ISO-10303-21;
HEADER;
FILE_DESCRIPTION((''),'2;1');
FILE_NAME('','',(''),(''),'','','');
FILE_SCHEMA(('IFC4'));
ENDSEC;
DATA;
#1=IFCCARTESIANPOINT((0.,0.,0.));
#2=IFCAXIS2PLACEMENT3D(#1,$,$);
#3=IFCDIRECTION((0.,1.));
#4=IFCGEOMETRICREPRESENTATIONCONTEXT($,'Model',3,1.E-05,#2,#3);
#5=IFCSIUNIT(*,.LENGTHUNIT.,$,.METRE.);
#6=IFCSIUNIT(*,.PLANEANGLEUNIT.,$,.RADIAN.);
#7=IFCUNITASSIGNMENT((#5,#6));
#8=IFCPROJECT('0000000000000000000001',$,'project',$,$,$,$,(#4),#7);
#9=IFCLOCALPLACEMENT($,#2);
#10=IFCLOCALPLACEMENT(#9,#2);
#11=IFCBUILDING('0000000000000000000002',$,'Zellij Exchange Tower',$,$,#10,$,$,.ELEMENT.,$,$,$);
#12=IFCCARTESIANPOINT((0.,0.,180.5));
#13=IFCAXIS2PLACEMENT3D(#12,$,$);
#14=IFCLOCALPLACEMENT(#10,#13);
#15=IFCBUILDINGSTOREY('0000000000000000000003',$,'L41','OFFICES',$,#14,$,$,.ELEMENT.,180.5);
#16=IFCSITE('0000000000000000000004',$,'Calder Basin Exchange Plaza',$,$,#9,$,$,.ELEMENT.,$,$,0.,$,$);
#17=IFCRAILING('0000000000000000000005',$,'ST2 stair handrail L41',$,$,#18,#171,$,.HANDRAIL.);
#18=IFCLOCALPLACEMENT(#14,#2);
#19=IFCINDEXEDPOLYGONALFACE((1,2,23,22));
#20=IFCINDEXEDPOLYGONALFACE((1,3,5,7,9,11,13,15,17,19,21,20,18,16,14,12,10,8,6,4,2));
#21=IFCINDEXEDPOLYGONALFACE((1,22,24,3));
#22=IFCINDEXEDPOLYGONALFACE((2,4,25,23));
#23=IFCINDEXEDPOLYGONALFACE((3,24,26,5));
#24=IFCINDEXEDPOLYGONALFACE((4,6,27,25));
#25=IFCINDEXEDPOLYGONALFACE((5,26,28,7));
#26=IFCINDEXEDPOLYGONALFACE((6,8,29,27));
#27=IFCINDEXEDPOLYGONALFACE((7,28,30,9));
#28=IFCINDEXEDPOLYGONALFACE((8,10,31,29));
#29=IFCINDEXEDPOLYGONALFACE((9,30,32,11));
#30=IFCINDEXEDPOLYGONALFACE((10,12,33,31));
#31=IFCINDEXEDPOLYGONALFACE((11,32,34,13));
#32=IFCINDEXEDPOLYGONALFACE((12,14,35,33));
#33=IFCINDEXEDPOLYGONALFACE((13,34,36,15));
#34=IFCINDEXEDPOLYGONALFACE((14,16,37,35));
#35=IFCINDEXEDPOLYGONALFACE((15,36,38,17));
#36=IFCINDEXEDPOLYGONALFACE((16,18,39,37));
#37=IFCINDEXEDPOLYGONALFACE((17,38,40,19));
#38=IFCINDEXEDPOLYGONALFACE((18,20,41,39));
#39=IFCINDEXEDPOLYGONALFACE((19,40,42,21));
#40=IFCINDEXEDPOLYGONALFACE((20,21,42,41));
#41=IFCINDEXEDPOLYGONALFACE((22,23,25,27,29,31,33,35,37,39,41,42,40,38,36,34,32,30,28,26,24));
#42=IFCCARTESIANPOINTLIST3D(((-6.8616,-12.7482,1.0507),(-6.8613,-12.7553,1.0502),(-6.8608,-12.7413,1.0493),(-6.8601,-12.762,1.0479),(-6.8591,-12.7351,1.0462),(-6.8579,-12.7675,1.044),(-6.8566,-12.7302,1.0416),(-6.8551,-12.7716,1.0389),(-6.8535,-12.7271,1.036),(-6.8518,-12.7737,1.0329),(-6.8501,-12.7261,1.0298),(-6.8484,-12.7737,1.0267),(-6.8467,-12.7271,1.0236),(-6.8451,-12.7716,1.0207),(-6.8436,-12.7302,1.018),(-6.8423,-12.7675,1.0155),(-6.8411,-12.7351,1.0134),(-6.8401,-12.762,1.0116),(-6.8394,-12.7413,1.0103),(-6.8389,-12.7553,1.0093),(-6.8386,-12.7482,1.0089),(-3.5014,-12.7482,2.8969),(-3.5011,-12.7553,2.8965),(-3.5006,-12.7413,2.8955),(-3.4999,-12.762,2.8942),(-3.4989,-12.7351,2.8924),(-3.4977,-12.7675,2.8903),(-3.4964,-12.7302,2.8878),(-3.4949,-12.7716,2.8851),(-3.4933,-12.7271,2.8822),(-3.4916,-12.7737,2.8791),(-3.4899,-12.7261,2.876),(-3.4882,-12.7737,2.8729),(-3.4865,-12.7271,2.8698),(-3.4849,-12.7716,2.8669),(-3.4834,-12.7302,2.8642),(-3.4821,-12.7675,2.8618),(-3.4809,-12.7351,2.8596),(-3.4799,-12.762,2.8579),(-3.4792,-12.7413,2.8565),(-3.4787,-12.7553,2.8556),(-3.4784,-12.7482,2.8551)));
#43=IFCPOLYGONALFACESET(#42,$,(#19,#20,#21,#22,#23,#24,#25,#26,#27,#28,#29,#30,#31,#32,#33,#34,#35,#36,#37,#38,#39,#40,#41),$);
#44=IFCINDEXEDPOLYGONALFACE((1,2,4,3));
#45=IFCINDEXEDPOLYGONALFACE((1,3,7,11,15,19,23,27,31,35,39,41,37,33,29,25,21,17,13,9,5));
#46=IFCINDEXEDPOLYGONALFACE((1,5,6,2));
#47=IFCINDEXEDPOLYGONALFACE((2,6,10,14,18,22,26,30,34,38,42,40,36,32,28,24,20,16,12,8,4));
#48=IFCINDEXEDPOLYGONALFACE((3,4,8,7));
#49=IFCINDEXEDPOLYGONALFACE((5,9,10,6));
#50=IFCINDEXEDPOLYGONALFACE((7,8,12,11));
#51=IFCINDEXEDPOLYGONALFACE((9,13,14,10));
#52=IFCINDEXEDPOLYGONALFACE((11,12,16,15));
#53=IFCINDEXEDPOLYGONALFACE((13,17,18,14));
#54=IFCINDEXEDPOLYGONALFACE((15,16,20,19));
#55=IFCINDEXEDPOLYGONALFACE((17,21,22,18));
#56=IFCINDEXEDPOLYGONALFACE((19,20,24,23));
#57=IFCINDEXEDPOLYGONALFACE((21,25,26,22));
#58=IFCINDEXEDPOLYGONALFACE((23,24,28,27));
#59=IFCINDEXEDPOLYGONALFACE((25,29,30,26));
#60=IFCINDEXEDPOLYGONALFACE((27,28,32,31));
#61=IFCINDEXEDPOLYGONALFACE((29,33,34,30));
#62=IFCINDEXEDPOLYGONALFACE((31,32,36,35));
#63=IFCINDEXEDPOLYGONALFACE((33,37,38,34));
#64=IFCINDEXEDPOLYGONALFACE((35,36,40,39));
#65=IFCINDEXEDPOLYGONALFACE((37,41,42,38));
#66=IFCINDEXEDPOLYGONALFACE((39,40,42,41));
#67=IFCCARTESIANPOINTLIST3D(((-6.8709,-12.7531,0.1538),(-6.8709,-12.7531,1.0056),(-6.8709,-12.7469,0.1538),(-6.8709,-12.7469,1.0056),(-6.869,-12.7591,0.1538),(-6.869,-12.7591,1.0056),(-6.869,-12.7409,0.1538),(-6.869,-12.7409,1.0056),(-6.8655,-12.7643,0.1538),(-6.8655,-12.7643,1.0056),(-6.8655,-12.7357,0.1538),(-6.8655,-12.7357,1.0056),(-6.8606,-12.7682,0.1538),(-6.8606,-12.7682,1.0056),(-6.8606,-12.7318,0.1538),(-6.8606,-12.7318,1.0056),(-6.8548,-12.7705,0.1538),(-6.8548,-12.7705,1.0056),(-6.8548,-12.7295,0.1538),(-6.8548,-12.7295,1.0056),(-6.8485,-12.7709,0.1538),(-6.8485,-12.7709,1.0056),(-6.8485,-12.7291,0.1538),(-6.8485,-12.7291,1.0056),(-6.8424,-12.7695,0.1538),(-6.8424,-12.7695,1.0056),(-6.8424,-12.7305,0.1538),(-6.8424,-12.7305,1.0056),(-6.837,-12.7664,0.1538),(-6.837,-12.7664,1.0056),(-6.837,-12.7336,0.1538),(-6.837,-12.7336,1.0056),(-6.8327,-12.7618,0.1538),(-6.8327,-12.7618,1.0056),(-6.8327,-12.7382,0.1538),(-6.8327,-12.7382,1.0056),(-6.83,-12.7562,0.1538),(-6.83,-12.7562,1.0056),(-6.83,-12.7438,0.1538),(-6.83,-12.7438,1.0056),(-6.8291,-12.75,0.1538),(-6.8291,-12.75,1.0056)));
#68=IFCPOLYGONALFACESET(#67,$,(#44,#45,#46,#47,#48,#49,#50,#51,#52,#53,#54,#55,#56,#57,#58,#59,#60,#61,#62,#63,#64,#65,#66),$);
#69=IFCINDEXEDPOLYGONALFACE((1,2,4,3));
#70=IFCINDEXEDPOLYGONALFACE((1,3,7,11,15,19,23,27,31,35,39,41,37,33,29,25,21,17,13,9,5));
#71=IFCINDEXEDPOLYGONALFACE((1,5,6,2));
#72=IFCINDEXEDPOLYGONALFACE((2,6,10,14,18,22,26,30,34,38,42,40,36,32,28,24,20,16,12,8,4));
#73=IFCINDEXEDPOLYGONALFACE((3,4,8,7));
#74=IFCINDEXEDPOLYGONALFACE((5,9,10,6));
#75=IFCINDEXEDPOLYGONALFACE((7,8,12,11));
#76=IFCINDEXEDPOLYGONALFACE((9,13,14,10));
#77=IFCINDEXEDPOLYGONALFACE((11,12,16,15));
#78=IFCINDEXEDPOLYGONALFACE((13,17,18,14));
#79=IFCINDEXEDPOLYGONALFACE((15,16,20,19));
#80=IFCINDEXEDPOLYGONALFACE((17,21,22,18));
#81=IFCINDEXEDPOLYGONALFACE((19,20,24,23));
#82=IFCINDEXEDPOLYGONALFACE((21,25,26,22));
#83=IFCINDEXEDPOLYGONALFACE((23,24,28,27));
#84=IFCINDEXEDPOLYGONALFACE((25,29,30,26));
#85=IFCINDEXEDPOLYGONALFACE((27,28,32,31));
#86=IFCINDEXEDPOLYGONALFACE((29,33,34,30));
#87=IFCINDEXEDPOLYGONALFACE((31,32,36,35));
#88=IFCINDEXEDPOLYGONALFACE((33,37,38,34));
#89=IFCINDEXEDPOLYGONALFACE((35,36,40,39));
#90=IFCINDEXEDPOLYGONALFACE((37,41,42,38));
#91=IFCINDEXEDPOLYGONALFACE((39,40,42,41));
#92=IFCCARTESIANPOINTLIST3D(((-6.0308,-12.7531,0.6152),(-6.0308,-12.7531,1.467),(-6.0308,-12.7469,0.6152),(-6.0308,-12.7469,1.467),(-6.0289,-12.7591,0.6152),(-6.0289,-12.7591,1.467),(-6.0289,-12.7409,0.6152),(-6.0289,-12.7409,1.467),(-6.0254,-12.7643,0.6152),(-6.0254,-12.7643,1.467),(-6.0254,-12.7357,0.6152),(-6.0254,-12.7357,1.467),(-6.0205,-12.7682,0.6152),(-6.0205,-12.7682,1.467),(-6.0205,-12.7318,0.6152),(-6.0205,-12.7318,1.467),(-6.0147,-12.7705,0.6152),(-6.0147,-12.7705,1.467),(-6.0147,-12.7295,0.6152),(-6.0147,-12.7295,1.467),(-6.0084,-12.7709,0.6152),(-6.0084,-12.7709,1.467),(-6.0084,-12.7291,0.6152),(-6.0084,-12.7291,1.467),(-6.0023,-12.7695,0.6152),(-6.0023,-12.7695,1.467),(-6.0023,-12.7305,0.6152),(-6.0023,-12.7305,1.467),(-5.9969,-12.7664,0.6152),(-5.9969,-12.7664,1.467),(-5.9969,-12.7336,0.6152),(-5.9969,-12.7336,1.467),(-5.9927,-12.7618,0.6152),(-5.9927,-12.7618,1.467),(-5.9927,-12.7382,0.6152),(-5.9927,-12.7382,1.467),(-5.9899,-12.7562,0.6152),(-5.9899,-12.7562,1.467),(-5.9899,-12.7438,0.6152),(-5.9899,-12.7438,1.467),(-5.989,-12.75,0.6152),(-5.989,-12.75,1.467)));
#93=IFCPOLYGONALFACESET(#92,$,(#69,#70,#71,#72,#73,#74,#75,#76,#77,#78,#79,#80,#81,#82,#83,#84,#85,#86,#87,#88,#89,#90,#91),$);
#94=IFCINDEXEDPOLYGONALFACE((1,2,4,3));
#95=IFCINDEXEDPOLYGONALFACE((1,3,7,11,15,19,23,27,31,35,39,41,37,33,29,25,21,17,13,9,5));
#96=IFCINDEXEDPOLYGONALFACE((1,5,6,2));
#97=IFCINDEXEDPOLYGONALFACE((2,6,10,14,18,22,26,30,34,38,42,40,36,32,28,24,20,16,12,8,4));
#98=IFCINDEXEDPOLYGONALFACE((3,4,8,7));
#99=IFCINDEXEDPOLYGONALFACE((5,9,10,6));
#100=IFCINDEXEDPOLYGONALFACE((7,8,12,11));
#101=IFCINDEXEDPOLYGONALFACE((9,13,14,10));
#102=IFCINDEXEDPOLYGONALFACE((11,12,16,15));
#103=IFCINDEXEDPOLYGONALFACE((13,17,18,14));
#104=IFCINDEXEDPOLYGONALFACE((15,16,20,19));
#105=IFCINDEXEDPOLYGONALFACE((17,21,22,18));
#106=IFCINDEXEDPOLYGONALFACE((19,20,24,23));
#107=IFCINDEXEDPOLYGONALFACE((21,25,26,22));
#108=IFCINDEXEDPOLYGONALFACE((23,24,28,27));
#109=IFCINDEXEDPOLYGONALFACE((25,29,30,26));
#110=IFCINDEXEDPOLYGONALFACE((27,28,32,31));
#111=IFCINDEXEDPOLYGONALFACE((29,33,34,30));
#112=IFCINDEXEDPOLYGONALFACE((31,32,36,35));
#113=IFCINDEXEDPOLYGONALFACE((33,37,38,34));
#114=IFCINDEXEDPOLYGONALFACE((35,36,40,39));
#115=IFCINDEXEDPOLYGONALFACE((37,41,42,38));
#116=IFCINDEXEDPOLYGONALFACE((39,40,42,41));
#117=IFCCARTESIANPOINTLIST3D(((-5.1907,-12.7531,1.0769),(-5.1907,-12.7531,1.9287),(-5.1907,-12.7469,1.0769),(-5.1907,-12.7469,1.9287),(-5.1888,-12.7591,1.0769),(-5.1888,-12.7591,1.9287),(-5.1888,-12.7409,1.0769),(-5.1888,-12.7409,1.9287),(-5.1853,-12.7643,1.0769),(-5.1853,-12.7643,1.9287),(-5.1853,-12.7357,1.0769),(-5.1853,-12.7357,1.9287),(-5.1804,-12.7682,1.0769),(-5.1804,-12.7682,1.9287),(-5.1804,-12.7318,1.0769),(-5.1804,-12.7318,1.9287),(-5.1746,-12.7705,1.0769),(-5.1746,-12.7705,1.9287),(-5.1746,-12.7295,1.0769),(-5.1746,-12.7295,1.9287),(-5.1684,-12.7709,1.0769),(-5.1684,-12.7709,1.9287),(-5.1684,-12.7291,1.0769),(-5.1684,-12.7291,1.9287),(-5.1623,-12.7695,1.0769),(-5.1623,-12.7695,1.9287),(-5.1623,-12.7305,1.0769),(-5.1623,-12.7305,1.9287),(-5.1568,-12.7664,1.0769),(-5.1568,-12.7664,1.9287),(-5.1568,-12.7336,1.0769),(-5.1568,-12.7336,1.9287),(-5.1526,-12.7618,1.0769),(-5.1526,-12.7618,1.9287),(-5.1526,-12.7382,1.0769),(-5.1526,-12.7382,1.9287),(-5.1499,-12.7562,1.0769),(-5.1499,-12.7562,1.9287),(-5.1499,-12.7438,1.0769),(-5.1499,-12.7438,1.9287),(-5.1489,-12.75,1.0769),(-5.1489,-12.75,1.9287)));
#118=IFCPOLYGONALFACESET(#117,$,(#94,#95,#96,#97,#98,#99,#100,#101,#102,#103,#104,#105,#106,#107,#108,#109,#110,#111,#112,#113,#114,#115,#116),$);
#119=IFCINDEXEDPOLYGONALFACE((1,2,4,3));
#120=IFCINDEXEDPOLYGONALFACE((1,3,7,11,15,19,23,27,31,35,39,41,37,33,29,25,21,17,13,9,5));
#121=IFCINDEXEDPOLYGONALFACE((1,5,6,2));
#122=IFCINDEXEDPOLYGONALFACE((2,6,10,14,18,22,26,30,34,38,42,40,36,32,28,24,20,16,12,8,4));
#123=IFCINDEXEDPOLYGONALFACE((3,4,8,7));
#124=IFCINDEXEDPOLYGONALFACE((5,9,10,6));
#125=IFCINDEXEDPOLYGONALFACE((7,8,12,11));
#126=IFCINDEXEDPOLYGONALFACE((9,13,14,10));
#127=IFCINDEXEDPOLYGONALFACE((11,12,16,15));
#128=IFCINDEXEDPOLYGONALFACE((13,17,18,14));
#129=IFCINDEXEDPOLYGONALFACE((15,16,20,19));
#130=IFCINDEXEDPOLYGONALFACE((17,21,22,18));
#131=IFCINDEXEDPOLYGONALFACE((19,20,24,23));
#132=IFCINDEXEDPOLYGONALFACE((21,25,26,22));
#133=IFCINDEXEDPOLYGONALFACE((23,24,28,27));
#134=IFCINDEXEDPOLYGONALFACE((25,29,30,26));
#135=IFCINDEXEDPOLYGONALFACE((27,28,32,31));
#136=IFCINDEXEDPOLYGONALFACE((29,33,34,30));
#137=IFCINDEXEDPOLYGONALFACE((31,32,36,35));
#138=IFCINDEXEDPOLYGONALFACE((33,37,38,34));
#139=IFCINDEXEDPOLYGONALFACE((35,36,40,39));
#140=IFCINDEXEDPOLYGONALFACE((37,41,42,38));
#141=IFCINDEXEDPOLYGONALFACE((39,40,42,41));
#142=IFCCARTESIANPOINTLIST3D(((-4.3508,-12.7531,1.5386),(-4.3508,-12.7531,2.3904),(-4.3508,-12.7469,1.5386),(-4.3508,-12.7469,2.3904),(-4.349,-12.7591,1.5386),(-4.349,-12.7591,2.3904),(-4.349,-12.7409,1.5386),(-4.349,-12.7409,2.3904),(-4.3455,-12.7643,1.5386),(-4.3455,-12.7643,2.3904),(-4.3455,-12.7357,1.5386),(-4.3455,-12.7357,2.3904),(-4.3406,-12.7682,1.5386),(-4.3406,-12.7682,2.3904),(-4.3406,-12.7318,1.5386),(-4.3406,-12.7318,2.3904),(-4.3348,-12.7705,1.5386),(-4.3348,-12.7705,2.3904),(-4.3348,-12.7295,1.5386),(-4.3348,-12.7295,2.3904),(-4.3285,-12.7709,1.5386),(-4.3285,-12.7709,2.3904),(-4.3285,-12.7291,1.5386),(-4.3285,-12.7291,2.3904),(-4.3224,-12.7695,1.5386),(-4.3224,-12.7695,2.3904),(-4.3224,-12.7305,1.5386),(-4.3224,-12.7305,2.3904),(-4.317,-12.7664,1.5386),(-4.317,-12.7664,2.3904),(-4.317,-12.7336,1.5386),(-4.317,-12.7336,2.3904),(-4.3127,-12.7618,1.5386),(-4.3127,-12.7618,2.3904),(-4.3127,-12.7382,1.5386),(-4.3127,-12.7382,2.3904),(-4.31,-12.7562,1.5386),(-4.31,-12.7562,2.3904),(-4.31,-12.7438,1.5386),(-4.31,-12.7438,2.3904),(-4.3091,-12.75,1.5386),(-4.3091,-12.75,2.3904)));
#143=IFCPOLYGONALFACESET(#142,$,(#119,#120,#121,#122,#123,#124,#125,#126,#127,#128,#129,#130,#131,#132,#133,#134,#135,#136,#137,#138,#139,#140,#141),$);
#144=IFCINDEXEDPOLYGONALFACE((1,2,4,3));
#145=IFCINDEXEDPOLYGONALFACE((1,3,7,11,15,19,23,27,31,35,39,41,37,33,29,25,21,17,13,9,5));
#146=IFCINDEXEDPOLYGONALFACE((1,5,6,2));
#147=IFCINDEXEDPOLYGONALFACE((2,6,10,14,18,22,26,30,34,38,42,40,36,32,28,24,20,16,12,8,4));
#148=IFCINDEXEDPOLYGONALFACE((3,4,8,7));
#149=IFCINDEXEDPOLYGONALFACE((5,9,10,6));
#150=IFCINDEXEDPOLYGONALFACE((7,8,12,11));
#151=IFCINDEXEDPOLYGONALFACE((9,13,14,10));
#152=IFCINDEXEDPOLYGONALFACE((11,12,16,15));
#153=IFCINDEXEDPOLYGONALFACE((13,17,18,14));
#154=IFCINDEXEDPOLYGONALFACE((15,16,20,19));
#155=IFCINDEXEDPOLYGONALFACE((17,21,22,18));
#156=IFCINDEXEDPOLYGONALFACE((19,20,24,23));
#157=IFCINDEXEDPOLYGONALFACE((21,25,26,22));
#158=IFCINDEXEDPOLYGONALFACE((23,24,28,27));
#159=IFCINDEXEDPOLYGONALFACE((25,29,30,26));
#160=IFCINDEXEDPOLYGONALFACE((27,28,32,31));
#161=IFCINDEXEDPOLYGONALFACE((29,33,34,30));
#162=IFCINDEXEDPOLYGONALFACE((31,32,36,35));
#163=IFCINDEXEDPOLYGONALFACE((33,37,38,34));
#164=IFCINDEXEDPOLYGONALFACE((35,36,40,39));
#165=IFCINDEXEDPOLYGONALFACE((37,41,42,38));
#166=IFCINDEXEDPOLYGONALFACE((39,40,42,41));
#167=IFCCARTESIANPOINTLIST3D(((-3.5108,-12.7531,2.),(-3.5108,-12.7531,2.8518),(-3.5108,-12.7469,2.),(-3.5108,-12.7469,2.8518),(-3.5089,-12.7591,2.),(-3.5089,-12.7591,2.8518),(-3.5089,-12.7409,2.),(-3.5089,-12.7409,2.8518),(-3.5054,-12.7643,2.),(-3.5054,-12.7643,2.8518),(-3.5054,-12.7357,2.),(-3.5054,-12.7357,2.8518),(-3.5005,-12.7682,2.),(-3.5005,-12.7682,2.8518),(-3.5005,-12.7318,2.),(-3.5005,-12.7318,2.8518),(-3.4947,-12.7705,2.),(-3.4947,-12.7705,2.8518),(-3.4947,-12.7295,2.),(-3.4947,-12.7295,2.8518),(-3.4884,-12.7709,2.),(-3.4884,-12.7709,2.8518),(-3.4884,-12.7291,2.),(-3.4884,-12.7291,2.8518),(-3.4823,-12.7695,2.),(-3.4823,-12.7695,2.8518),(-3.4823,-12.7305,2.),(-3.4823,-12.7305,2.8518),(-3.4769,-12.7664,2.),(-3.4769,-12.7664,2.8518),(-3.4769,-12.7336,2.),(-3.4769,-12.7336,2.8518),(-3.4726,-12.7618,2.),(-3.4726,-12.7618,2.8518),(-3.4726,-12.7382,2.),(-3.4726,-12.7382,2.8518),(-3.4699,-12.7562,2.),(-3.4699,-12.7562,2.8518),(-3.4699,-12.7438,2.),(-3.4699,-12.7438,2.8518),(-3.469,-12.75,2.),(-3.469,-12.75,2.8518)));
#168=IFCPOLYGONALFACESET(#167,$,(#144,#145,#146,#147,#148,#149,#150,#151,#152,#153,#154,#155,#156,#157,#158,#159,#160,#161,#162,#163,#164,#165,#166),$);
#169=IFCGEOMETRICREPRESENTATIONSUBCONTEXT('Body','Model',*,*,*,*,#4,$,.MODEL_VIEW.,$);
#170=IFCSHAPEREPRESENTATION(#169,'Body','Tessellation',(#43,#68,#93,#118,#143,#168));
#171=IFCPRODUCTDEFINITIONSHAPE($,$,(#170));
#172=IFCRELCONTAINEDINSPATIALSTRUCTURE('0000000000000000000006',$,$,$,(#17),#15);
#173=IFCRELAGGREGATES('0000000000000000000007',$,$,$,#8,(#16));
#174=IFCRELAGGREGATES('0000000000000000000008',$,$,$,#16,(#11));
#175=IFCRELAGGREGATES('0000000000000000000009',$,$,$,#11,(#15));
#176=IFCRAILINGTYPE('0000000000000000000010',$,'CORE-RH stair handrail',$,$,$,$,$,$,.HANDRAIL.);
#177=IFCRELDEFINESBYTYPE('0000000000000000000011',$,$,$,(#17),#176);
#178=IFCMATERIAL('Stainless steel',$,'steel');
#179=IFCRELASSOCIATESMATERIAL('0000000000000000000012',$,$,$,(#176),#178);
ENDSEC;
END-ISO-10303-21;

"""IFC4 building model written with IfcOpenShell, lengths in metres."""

from ifc_helpers import new_model, si_unit, direction, frame, origin, origin_2d, place, context, subcontext, project, spatial, circle, extrude, material, type_object, element, save


model = new_model("IFC4")

# Units and contexts
model_context = context("Model", 3, precision=1e-05, world=origin(), true_north=direction((0.0, 1.0)))
body_context = subcontext(model_context, "Body", "Model", "MODEL_VIEW")
ifc_project = project(units=[si_unit("LENGTHUNIT", "METRE"), si_unit("PLANEANGLEUNIT", "RADIAN")], contexts=[model_context])

# Site, building, storey
site_placement = place(None, origin())
site = spatial("IfcSite", under=ifc_project, at=site_placement, Name="Calder Basin Exchange Plaza", CompositionType="ELEMENT", RefElevation=0.0)
building_placement = place(site_placement, origin())
building = spatial("IfcBuilding", under=site, at=building_placement, Name="Zellij Exchange Tower", CompositionType="ELEMENT")
storey_placement = place(building_placement, frame((0.0, 0.0, 180.5)))
storey = spatial("IfcBuildingStorey", under=building, at=storey_placement, Name="L41", Description="OFFICES", CompositionType="ELEMENT", Elevation=180.5)

# Railing
ifc_material_1 = material(Name="Stainless steel", Category="steel")
railing_type_1 = type_object("IfcRailingType", Name="CORE-RH stair handrail", PredefinedType="HANDRAIL", material=ifc_material_1)
railing_1_placement = place(storey_placement, frame((-6.8501, -12.75, 0.1538)))
element("IfcRailing", 1, at=railing_1_placement, inside=storey, type_object=railing_type_1, Name="ST2 stair handrail L41", PredefinedType="HANDRAIL", context=body_context, shape_type="SweptSolid", body=[
    extrude(circle(Radius=0.0239, at=origin_2d()), frame((0.0, 0.0, 0.876), z_axis=(0.876422, 0.0, 0.481545), x_axis=(0.0, 1.0, 0.0)), (0.0, 0.0, 1.0), 3.834),
    extrude(circle(Radius=0.021, at=origin_2d()), origin(), (0.0, 0.0, 1.0), 0.8518),
    extrude(circle(Radius=0.021, at=origin_2d()), frame((0.8401, 0.0, 0.4614)), (0.0, 0.0, 1.0), 0.8518),
    extrude(circle(Radius=0.021, at=origin_2d()), frame((1.6802, 0.0, 0.9231)), (0.0, 0.0, 1.0), 0.8518),
    extrude(circle(Radius=0.021, at=origin_2d()), frame((2.52, 0.0, 1.3848)), (0.0, 0.0, 1.0), 0.8518),
    extrude(circle(Radius=0.021, at=origin_2d()), frame((3.3601, 0.0, 1.8462)), (0.0, 0.0, 1.0), 0.8518),
])

save(model, "model.ifc")
